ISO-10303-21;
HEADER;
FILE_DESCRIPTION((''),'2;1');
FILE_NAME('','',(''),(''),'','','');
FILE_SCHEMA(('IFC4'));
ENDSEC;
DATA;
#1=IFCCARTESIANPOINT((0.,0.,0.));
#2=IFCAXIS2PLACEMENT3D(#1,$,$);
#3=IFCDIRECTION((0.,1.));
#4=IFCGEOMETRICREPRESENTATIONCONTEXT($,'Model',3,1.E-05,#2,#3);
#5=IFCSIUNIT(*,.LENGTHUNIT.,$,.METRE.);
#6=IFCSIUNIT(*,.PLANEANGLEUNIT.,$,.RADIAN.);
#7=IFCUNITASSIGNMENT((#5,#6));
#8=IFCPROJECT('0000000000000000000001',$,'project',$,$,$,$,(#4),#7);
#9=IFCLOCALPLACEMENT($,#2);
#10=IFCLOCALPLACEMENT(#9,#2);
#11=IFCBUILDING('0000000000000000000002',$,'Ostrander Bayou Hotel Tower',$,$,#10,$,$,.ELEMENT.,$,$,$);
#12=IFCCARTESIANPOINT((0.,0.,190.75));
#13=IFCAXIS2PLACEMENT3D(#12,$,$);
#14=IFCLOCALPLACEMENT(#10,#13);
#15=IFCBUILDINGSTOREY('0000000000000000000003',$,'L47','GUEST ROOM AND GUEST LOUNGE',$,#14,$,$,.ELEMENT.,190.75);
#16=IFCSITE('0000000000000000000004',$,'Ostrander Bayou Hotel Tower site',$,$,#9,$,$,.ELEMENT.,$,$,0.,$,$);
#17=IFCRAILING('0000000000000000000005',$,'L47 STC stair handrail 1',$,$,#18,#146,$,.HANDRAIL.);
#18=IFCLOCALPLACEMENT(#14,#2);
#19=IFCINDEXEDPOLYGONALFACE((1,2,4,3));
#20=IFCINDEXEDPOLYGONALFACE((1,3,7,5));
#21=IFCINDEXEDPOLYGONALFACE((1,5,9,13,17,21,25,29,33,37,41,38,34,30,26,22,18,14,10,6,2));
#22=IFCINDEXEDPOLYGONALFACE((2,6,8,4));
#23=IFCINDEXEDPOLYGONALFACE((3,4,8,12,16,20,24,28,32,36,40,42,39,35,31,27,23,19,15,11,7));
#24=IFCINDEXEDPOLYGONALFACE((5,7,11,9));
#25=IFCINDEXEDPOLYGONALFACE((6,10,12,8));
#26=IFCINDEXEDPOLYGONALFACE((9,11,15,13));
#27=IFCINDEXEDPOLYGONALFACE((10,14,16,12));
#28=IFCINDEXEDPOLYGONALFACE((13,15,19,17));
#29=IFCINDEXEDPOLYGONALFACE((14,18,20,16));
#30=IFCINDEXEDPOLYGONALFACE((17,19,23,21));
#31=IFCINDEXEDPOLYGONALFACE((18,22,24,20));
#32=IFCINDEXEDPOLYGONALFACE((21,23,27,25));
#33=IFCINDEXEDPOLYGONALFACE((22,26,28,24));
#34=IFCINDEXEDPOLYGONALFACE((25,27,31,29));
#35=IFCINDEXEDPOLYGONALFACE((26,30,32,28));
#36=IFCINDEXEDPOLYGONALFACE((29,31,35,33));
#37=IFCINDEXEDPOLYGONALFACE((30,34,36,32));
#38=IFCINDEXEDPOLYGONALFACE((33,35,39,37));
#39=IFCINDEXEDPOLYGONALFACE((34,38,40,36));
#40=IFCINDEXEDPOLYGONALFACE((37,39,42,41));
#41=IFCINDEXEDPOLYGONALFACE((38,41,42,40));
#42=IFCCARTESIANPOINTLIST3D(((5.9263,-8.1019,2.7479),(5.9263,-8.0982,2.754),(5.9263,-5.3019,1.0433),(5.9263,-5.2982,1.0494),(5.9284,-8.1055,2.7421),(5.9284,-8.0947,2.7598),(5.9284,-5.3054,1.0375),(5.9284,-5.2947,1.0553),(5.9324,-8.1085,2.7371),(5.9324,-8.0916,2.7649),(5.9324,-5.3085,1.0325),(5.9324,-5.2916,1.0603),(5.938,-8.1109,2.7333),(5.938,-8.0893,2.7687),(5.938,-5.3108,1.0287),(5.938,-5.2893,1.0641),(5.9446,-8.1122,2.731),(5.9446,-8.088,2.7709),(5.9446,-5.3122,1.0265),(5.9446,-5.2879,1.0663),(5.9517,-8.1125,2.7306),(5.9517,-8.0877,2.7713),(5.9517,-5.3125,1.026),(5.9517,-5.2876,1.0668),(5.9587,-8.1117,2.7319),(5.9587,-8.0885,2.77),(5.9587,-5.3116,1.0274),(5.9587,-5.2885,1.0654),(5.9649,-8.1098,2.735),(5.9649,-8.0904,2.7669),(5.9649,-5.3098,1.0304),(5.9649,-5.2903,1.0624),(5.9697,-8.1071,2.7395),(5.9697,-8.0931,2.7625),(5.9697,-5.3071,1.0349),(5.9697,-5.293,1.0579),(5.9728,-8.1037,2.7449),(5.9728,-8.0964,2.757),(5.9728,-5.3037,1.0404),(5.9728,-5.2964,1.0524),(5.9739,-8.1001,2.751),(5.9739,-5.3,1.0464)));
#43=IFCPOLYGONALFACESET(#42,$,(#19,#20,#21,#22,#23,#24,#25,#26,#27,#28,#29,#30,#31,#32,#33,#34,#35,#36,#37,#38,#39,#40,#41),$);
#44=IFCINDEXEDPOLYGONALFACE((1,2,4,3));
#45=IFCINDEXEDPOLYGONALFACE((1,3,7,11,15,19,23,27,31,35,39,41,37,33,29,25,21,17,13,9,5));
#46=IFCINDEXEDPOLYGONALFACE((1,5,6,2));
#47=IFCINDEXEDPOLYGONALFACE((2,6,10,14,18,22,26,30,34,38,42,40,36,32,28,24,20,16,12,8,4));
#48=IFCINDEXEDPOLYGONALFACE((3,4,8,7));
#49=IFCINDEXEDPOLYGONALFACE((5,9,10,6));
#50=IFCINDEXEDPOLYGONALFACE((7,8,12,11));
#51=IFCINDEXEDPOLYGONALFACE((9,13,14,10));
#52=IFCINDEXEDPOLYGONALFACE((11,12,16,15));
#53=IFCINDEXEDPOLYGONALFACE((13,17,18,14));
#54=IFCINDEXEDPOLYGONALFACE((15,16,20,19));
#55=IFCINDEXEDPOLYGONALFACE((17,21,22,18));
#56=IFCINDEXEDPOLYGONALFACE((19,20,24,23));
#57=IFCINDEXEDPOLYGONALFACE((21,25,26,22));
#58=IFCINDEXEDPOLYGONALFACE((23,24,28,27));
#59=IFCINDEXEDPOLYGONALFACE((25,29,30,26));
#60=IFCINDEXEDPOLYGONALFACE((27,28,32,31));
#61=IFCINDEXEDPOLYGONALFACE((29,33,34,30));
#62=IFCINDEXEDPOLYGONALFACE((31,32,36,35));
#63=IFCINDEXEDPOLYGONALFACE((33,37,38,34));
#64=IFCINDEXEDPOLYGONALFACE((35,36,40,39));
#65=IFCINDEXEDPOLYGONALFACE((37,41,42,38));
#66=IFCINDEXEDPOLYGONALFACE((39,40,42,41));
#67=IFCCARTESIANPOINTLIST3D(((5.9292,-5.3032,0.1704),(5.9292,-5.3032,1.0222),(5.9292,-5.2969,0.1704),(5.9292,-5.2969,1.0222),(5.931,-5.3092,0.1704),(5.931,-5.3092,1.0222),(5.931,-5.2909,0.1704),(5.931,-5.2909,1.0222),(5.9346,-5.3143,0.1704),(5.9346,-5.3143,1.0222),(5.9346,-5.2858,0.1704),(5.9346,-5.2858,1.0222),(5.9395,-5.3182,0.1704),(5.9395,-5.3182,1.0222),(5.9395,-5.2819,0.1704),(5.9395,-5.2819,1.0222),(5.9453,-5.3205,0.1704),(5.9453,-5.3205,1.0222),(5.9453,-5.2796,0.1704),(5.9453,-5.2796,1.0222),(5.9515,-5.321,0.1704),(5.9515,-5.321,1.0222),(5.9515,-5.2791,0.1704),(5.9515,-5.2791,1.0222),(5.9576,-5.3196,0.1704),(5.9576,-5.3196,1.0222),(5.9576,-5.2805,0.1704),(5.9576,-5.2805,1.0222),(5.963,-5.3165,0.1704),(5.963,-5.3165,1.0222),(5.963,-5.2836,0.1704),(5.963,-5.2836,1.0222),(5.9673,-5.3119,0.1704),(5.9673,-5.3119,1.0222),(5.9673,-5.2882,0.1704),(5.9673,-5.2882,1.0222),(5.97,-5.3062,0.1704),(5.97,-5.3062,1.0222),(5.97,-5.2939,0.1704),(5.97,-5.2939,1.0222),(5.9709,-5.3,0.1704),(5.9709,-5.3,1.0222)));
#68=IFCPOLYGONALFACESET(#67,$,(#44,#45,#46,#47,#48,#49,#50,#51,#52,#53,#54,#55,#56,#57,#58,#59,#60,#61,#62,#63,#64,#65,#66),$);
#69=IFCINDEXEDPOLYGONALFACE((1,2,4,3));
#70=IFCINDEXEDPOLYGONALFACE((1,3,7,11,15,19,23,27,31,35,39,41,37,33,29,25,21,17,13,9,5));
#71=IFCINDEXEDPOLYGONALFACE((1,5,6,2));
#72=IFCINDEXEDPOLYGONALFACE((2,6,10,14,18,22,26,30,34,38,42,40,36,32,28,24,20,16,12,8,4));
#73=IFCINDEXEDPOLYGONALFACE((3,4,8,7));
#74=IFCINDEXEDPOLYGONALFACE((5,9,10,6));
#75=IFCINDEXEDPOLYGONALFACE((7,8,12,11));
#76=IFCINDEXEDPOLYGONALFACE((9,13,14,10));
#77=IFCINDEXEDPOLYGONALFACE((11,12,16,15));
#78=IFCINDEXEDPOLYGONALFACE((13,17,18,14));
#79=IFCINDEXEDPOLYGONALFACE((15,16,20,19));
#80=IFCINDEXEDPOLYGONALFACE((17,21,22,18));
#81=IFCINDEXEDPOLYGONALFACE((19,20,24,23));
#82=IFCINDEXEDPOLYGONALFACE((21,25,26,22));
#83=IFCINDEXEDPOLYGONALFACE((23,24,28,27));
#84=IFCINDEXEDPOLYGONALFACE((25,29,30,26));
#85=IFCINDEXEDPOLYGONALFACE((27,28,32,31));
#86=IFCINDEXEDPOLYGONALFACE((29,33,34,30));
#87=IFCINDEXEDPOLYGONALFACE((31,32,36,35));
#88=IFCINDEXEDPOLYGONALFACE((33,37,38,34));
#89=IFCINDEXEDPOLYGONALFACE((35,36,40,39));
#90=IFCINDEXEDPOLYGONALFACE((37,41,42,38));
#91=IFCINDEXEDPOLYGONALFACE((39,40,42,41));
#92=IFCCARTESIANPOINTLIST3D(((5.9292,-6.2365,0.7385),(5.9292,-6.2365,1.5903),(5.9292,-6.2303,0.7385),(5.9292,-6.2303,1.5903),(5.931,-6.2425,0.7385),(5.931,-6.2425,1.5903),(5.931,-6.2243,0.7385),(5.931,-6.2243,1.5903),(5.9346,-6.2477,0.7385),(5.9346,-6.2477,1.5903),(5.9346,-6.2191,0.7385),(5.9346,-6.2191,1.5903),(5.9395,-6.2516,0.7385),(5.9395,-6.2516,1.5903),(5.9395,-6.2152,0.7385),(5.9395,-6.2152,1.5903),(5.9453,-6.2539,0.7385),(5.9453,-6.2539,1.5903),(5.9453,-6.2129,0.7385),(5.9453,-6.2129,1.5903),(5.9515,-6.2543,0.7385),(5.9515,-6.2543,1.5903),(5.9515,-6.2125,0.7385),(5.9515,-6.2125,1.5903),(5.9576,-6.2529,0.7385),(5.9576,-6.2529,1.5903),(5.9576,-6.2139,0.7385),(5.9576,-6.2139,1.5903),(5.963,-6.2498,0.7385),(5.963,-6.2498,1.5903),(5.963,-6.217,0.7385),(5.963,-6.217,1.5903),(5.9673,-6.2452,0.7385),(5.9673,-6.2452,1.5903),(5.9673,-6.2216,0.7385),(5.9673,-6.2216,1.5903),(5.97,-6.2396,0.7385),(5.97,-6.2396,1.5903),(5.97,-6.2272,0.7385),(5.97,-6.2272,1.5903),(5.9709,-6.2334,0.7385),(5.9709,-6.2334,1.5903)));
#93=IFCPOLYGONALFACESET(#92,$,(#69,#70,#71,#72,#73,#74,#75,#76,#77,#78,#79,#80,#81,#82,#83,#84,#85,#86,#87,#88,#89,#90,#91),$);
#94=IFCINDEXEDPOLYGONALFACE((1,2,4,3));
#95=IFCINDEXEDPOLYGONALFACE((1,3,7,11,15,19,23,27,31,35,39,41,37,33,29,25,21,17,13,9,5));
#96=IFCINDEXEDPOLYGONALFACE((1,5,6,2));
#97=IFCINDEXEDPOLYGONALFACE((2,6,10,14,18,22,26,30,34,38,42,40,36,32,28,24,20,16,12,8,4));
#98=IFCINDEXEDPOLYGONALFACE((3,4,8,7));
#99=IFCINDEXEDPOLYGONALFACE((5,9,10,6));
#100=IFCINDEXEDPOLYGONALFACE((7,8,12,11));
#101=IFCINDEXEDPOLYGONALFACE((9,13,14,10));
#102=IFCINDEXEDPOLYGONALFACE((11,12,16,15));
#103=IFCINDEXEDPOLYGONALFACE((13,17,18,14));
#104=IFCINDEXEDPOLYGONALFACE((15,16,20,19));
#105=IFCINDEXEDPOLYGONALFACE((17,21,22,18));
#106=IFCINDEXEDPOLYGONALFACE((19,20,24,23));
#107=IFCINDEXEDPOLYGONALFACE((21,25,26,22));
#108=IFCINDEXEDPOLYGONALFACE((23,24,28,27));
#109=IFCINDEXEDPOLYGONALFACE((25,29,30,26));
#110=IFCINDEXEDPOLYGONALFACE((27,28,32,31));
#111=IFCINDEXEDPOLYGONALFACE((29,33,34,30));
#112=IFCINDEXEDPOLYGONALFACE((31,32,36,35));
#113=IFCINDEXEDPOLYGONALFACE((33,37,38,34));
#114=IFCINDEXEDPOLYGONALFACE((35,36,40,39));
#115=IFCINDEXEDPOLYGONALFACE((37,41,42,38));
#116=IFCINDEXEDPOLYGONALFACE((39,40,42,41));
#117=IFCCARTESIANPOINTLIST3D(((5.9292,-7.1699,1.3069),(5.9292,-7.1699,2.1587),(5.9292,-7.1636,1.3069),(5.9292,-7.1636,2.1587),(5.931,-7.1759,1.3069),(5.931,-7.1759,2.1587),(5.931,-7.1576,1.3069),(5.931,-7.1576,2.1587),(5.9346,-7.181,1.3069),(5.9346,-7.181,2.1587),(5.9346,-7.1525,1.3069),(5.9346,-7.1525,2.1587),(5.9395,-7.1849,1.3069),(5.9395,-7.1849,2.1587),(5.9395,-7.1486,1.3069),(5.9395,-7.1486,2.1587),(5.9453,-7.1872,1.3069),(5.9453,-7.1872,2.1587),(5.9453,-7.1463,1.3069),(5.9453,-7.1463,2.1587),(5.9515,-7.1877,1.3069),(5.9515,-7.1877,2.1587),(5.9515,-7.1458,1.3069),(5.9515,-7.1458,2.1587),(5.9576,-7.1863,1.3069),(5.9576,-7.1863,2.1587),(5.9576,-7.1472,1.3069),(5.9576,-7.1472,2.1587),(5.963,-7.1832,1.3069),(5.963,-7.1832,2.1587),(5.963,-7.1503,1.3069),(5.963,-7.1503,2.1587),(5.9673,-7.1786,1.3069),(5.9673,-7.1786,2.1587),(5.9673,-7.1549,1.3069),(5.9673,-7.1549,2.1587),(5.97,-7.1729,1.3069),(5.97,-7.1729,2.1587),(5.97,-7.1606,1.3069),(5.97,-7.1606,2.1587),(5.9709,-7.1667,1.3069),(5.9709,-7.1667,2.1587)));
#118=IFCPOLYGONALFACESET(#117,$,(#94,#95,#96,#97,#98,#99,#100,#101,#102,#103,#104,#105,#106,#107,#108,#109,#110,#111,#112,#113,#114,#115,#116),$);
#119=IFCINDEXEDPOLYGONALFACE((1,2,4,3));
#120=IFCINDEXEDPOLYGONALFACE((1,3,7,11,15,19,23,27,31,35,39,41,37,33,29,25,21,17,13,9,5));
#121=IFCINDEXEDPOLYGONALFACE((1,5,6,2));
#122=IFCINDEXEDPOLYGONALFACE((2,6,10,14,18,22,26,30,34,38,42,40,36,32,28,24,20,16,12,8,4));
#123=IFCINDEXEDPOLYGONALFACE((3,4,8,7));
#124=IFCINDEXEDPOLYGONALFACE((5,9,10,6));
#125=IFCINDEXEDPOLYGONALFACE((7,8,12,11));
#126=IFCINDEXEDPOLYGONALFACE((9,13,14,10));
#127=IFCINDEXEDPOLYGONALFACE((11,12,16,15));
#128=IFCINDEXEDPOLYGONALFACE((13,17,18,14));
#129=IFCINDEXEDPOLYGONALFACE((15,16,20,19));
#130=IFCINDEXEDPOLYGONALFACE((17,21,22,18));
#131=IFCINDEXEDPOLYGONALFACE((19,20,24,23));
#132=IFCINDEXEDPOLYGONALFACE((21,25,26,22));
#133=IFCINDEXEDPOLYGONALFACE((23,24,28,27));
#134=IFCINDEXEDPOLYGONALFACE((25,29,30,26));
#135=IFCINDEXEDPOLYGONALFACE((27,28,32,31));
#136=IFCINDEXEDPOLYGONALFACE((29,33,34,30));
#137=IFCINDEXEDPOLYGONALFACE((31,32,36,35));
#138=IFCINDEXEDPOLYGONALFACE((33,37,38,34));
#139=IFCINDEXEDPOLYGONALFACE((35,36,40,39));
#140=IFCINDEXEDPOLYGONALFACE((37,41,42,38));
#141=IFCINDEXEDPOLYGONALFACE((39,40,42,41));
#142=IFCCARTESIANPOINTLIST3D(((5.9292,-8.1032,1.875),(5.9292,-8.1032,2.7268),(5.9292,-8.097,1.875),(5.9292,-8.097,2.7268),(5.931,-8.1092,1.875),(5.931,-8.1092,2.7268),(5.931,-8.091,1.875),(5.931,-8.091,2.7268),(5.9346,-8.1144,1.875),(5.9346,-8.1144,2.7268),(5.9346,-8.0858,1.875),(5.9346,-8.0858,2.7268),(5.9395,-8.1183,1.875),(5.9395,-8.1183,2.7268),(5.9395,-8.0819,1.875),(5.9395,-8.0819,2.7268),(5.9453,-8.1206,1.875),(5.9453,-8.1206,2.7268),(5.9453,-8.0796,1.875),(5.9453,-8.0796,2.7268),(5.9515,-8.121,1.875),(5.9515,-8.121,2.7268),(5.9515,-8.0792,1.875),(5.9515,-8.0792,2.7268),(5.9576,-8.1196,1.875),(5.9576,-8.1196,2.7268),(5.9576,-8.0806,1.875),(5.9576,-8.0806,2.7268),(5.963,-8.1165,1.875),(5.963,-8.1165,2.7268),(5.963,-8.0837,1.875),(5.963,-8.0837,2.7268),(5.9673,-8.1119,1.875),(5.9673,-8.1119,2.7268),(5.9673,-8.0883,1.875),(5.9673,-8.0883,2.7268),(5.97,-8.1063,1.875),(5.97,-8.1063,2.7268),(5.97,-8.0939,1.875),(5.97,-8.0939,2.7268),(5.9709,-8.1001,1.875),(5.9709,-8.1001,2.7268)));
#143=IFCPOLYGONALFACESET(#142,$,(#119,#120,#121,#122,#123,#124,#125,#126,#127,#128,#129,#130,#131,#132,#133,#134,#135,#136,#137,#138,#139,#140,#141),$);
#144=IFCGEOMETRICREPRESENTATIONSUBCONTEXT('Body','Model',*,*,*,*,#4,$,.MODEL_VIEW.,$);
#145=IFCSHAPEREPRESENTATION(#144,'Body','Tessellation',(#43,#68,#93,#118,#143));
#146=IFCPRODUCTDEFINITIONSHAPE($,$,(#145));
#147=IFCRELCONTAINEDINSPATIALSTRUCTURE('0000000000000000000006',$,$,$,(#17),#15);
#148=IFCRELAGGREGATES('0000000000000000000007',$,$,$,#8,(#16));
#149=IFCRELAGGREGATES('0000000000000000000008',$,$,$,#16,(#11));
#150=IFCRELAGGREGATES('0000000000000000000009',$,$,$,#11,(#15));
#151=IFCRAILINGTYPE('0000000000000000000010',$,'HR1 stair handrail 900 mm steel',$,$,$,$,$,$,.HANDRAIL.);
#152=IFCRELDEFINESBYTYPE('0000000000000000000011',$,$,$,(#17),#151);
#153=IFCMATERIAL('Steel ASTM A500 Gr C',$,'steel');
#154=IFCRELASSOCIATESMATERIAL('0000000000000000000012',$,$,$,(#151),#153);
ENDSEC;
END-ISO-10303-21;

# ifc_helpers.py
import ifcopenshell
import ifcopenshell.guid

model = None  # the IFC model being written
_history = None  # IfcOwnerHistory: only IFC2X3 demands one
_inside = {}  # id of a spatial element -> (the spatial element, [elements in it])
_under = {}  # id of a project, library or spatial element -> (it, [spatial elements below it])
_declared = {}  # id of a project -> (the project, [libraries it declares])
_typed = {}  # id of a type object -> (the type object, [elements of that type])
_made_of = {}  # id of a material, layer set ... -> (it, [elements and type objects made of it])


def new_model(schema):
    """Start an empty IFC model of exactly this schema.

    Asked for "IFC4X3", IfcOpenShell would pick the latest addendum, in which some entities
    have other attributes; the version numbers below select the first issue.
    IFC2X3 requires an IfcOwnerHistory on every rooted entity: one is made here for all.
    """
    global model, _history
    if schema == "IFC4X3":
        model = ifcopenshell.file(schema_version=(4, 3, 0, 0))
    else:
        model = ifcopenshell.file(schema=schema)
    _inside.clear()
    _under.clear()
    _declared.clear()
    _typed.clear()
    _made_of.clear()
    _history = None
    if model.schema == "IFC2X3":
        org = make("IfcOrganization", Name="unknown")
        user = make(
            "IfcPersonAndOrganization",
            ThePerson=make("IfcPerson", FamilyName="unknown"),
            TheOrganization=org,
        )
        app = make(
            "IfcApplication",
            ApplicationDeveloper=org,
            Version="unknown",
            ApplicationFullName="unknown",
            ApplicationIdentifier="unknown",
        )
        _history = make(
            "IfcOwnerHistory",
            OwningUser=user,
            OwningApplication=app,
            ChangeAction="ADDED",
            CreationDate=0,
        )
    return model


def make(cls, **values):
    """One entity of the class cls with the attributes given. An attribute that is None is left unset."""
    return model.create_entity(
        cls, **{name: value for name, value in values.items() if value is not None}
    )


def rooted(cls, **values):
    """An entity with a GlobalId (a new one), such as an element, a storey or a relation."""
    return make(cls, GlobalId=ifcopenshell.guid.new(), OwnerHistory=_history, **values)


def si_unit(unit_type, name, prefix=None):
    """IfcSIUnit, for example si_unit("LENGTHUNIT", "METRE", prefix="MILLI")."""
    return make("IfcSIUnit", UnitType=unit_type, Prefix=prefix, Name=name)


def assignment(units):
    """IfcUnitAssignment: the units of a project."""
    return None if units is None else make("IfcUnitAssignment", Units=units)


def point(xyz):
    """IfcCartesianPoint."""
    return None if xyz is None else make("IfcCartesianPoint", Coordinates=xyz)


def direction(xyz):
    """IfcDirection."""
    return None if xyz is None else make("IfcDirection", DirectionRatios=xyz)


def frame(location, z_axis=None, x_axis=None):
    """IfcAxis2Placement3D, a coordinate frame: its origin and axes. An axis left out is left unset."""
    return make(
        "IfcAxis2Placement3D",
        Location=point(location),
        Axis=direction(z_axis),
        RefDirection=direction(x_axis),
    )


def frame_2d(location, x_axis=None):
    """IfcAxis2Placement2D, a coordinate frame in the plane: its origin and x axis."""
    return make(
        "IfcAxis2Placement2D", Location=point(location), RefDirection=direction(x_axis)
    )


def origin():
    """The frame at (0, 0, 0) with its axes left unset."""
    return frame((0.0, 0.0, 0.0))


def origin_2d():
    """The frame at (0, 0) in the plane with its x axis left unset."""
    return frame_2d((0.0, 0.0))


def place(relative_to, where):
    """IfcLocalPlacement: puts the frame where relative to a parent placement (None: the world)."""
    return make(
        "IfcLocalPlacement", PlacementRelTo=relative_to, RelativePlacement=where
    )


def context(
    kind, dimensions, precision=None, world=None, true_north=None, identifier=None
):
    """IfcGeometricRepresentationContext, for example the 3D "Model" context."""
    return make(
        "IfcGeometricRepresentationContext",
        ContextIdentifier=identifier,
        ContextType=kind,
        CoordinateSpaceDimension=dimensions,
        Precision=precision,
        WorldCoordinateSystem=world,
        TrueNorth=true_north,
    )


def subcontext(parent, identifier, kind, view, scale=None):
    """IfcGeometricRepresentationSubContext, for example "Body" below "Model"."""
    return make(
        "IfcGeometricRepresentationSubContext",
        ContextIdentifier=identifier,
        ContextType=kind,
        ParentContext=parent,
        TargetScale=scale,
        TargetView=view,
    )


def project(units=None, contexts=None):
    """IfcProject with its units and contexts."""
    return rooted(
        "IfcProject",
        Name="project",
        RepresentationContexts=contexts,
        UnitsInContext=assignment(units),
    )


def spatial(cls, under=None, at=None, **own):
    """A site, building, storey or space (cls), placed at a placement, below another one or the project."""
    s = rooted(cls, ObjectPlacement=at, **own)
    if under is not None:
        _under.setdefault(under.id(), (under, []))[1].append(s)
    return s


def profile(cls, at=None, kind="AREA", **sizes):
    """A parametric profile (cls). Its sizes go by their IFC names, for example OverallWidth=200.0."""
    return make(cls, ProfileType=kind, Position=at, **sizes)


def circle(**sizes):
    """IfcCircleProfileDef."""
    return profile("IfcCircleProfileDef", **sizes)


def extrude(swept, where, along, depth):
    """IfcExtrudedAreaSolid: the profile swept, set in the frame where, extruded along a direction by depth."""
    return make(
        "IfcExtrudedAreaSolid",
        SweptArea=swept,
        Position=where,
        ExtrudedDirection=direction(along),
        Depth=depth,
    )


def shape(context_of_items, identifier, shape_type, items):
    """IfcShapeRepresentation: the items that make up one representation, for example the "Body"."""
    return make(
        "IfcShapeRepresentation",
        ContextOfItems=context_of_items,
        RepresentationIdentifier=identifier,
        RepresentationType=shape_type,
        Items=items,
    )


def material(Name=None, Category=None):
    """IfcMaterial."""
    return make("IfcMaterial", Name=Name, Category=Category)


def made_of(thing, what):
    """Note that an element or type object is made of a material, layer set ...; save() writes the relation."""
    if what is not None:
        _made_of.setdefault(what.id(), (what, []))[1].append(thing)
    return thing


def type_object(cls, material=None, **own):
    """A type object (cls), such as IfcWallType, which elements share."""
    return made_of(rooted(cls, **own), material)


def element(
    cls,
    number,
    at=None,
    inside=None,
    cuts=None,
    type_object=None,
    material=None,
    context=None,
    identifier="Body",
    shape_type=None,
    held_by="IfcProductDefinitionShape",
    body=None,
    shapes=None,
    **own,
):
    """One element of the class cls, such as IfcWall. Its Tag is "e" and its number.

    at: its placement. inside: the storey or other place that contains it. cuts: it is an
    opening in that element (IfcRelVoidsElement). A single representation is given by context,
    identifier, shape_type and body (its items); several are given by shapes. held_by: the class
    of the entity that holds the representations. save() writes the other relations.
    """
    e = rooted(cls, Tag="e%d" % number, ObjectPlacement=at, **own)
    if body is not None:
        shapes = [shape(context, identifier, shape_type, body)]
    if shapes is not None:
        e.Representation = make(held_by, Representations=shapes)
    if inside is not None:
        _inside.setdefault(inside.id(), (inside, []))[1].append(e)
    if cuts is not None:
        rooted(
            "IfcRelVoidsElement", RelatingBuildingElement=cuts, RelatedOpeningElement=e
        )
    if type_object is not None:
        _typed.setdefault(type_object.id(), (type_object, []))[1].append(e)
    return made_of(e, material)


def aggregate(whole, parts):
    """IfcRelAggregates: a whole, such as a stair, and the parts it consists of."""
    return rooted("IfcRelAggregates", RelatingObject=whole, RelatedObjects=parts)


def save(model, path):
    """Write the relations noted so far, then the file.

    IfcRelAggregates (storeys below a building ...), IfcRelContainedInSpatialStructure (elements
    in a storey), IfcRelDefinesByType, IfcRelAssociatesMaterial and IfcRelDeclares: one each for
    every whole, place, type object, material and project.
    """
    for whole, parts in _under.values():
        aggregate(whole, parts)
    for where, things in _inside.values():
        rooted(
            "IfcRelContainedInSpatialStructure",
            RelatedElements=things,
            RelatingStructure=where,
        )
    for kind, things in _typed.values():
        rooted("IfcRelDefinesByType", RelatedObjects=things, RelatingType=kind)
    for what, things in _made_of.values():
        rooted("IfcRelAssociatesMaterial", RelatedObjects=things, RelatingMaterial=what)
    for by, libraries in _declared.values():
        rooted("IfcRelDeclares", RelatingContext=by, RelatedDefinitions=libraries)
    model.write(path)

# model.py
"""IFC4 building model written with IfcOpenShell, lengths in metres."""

from ifc_helpers import new_model, si_unit, direction, frame, origin, origin_2d, place, context, subcontext, project, spatial, circle, extrude, material, type_object, element, save


model = new_model("IFC4")

# Units and contexts
model_context = context("Model", 3, precision=1e-05, world=origin(), true_north=direction((0.0, 1.0)))
body_context = subcontext(model_context, "Body", "Model", "MODEL_VIEW")
ifc_project = project(units=[si_unit("LENGTHUNIT", "METRE"), si_unit("PLANEANGLEUNIT", "RADIAN")], contexts=[model_context])

# Site, building, storey
site_placement = place(None, origin())
site = spatial("IfcSite", under=ifc_project, at=site_placement, Name="Ostrander Bayou Hotel Tower site", CompositionType="ELEMENT", RefElevation=0.0)
building_placement = place(site_placement, origin())
building = spatial("IfcBuilding", under=site, at=building_placement, Name="Ostrander Bayou Hotel Tower", CompositionType="ELEMENT")
storey_placement = place(building_placement, frame((0.0, 0.0, 190.75)))
storey = spatial("IfcBuildingStorey", under=building, at=storey_placement, Name="L47", Description="GUEST ROOM AND GUEST LOUNGE", CompositionType="ELEMENT", Elevation=190.75)

# Railing
ifc_material_1 = material(Name="Steel ASTM A500 Gr C", Category="steel")
railing_type_1 = type_object("IfcRailingType", Name="HR1 stair handrail 900 mm steel", PredefinedType="HANDRAIL", material=ifc_material_1)
railing_1_placement = place(storey_placement, frame((5.95, -5.3, 0.1704)))
element("IfcRailing", 1, at=railing_1_placement, inside=storey, type_object=railing_type_1, Name="L47 STC stair handrail 1", PredefinedType="HANDRAIL", context=body_context, shape_type="SweptSolid", body=[
    extrude(circle(Radius=0.0239, at=origin_2d()), frame((0.0, 0.0, 0.876), z_axis=(0.0, -0.85417, 0.519994), x_axis=(1.0, 0.0, 0.0)), (0.0, 0.0, 1.0), 3.2781),
    extrude(circle(Radius=0.021, at=origin_2d()), origin(), (0.0, 0.0, 1.0), 0.8518),
    extrude(circle(Radius=0.021, at=origin_2d()), frame((0.0, -0.9333, 0.5681)), (0.0, 0.0, 1.0), 0.8518),
    extrude(circle(Radius=0.021, at=origin_2d()), frame((0.0, -1.8667, 1.1365)), (0.0, 0.0, 1.0), 0.8518),
    extrude(circle(Radius=0.021, at=origin_2d()), frame((0.0, -2.8, 1.7046)), (0.0, 0.0, 1.0), 0.8518),
])

save(model, "model.ifc")
